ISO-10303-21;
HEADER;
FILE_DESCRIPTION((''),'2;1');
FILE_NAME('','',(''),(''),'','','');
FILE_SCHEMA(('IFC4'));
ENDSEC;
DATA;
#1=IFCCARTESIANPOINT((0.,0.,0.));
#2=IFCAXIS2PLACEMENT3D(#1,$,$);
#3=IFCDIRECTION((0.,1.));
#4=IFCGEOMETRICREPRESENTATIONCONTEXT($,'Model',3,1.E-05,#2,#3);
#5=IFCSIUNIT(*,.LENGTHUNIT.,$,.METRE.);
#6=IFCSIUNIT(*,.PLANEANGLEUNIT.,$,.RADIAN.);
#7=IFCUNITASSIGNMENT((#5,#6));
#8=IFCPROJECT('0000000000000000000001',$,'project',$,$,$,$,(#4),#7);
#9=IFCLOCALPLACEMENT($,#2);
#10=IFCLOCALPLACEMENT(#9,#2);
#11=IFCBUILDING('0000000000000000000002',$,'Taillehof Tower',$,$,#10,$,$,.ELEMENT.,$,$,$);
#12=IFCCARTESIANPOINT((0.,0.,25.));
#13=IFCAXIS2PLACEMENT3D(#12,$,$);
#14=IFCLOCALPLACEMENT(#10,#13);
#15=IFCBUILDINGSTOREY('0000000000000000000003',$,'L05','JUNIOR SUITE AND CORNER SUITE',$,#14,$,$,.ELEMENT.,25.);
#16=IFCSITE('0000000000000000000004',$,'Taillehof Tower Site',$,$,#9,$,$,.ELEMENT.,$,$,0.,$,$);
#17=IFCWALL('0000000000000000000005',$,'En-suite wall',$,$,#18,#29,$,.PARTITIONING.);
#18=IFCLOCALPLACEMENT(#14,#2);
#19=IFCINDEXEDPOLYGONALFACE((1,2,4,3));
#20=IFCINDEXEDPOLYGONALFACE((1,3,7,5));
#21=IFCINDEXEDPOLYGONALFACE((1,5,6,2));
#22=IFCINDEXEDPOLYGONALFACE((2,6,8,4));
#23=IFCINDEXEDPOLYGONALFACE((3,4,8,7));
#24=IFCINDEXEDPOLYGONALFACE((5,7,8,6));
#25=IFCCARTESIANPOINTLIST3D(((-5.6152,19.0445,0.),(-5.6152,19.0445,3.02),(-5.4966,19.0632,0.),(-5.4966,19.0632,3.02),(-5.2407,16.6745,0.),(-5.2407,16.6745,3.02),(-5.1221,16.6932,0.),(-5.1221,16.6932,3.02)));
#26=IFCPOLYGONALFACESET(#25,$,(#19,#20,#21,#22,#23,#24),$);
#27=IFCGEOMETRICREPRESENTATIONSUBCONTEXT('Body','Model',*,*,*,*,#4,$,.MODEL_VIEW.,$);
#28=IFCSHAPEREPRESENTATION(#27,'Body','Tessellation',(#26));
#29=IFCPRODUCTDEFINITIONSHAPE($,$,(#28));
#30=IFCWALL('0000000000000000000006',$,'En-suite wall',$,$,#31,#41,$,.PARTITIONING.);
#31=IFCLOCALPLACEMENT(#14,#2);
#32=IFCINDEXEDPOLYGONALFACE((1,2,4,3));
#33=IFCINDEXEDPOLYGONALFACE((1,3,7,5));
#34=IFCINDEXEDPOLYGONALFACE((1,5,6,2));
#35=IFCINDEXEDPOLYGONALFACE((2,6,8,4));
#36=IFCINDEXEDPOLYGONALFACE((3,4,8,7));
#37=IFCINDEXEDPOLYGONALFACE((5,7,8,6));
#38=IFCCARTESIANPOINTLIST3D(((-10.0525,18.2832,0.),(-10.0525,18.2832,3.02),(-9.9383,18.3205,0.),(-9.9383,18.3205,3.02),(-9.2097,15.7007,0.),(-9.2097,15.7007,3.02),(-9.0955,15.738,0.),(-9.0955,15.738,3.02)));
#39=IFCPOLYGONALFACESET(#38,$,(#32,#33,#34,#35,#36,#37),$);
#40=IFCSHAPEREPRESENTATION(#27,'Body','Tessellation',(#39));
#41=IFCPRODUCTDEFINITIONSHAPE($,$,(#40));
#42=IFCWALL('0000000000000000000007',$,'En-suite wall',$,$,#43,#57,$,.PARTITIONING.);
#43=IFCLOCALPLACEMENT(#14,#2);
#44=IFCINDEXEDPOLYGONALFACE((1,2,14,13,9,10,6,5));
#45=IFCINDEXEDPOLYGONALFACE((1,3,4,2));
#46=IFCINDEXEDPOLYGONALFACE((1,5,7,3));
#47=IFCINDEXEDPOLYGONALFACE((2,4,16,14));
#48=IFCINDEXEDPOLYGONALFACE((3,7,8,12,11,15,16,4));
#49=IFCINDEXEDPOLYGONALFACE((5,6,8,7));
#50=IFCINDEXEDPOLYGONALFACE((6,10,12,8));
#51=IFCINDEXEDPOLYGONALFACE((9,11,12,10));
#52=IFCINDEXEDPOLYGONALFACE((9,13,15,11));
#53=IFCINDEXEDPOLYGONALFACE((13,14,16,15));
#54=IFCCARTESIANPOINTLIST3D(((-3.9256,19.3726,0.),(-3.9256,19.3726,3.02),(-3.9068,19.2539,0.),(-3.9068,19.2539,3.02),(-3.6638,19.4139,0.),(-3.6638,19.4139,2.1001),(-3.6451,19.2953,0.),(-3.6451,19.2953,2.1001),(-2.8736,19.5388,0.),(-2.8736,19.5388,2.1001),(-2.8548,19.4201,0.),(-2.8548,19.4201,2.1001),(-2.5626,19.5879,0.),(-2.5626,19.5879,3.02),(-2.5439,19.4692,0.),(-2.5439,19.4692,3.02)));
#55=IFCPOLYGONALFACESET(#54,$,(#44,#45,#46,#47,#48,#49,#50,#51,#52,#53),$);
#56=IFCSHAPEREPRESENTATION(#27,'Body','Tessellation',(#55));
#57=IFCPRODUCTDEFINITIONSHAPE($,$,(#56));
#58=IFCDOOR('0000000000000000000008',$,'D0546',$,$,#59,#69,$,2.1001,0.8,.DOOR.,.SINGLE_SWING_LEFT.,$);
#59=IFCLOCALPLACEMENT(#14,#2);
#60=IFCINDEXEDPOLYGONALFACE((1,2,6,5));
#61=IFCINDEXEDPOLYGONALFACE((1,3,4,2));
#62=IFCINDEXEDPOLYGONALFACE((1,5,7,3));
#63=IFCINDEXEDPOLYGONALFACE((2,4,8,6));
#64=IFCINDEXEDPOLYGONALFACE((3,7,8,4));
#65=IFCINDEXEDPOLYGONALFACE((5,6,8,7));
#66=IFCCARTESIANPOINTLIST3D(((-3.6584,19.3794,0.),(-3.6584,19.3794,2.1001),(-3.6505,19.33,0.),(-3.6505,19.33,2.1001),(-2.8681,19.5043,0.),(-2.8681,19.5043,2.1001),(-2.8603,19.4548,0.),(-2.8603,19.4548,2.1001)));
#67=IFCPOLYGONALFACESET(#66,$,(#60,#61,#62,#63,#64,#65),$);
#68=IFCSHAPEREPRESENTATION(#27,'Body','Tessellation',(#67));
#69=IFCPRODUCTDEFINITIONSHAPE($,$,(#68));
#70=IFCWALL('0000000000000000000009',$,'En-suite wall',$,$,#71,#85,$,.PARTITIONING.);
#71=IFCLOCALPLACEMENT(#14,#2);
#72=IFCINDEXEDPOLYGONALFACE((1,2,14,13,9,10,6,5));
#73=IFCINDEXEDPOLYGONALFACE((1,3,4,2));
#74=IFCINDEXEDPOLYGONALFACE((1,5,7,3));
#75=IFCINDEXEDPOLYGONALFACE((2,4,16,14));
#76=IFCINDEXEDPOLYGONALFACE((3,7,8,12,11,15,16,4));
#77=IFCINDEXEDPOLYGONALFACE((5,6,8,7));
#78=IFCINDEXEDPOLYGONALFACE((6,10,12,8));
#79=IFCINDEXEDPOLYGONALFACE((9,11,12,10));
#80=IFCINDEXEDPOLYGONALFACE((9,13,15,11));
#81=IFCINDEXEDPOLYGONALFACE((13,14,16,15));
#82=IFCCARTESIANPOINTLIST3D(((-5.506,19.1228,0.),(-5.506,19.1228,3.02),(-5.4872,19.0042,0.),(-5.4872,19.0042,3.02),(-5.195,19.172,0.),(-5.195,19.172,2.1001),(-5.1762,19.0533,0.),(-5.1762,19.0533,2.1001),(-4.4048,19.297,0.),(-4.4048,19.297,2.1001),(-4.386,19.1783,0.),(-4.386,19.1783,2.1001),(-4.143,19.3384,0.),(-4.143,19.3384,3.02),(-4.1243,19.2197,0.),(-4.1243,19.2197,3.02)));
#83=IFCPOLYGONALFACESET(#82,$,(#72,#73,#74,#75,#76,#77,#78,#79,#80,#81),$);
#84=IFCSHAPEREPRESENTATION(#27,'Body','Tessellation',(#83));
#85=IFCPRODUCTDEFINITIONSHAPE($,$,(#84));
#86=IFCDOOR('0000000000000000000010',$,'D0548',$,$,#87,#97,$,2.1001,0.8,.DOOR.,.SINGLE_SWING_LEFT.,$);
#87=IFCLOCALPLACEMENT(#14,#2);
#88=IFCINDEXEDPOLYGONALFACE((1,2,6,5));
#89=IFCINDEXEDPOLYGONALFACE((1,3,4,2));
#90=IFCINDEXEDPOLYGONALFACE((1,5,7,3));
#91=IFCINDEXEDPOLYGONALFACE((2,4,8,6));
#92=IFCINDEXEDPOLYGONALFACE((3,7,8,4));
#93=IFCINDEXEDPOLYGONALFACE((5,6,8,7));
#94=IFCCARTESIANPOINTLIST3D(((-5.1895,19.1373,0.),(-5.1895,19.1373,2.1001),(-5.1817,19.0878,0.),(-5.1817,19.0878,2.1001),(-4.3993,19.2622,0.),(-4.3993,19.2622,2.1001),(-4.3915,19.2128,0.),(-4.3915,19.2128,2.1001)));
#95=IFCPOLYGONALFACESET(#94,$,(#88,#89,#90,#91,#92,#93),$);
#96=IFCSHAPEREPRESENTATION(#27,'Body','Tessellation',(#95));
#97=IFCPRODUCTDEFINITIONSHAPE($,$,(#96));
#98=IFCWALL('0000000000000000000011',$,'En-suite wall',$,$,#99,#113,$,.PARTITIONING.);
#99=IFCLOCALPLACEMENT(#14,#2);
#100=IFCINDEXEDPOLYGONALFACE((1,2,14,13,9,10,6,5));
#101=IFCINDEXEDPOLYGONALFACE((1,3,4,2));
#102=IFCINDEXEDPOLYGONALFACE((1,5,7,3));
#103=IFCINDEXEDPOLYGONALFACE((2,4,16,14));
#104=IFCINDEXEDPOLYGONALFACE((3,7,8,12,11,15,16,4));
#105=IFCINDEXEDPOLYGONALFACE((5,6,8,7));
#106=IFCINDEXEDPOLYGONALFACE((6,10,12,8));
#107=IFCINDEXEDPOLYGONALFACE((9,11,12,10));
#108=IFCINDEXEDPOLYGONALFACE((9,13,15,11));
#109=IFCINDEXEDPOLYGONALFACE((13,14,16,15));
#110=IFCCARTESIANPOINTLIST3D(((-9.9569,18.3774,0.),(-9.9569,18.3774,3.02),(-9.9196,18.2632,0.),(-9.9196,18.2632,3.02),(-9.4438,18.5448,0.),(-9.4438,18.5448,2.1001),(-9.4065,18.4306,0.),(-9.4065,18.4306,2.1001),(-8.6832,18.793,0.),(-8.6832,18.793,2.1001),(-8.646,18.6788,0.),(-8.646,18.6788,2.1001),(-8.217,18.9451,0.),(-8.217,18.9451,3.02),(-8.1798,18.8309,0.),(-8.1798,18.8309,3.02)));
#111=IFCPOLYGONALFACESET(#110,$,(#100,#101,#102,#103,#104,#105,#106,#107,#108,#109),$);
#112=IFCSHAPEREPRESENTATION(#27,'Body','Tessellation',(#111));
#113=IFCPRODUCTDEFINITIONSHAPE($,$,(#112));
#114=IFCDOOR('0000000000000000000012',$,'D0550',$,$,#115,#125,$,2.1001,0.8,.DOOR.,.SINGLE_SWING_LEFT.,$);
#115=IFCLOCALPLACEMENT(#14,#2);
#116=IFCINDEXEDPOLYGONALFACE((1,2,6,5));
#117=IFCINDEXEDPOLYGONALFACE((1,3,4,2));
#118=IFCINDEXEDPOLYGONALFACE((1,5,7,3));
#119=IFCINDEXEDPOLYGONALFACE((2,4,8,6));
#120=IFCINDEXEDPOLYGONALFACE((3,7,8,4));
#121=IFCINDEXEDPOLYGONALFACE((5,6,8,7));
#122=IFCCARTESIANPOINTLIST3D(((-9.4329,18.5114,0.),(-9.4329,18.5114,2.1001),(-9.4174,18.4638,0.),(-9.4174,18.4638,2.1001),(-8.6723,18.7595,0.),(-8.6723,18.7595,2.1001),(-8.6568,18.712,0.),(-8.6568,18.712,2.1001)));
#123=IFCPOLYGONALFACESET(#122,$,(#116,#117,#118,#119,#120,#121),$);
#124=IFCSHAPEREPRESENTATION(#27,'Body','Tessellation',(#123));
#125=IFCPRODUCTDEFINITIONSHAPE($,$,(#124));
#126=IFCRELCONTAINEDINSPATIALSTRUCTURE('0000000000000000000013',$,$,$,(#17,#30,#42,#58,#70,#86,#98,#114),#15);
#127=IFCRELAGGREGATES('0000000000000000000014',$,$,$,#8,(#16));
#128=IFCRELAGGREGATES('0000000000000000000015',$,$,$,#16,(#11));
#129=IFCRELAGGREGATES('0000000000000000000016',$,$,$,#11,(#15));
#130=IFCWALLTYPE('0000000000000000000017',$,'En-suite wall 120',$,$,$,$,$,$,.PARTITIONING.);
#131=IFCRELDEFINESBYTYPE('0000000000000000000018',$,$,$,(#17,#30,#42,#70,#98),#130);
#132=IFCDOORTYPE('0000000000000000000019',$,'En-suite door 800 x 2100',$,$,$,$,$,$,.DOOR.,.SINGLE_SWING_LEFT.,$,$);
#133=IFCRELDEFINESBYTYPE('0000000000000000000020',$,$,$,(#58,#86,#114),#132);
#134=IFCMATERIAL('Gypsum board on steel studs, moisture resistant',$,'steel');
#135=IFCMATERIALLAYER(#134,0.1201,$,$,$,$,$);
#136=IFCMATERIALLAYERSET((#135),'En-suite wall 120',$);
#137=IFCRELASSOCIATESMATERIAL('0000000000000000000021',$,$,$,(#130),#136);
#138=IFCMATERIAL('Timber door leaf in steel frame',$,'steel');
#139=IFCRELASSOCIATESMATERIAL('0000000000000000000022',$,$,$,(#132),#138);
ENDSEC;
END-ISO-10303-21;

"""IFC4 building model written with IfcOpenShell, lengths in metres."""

from ifc_helpers import new_model, si_unit, direction, frame, frame_2d, origin, place, context, subcontext, project, spatial, rectangle, extrude, material, layer, layer_set, type_object, element, fill, save


model = new_model("IFC4")

# Units and contexts
model_context = context("Model", 3, precision=1e-05, world=origin(), true_north=direction((0.0, 1.0)))
body_context = subcontext(model_context, "Body", "Model", "MODEL_VIEW")
ifc_project = project(units=[si_unit("LENGTHUNIT", "METRE"), si_unit("PLANEANGLEUNIT", "RADIAN")], contexts=[model_context])

# Site, building, storey
site_placement = place(None, origin())
site = spatial("IfcSite", under=ifc_project, at=site_placement, Name="Taillehof Tower Site", CompositionType="ELEMENT", RefElevation=0.0)
building_placement = place(site_placement, origin())
building = spatial("IfcBuilding", under=site, at=building_placement, Name="Taillehof Tower", CompositionType="ELEMENT")
storey_placement = place(building_placement, frame((0.0, 0.0, 25.0)))
storey = spatial("IfcBuildingStorey", under=building, at=storey_placement, Name="L05", Description="JUNIOR SUITE AND CORNER SUITE", CompositionType="ELEMENT", Elevation=25.0)

# Walls
ifc_material_1 = material(Name="Gypsum board on steel studs, moisture resistant", Category="steel")
ifc_layer_1 = layer(ifc_material_1, 0.1201)
ifc_layer_set_1 = layer_set([ifc_layer_1], Name="En-suite wall 120")
wall_type_1 = type_object("IfcWallType", Name="En-suite wall 120", PredefinedType="PARTITIONING", material=ifc_layer_set_1)
wall_1_placement = place(storey_placement, frame((-5.1814, 16.6838, 0.0), z_axis=(0.0, 0.0, 1.0), x_axis=(-0.156078, 0.987745, 0.0)))
element("IfcWall", 1, at=wall_1_placement, inside=storey, type_object=wall_type_1, Name="En-suite wall", PredefinedType="PARTITIONING", context=body_context, shape_type="SweptSolid", body=[
    extrude(rectangle(XDim=2.3994, YDim=0.1201, at=frame_2d((1.1997, 0.0))), origin(), (0.0, 0.0, 1.0), 3.02),
])
wall_2_placement = place(storey_placement, frame((-9.1526, 15.7192, 0.0), z_axis=(0.0, 0.0, 1.0), x_axis=(-0.310236, 0.95066, 0.0)))
element("IfcWall", 2, at=wall_2_placement, inside=storey, type_object=wall_type_1, Name="En-suite wall", PredefinedType="PARTITIONING", context=body_context, shape_type="SweptSolid", body=[
    extrude(rectangle(XDim=2.7166, YDim=0.1201, at=frame_2d((1.3584, 0.0))), origin(), (0.0, 0.0, 1.0), 3.02),
])

# Walls, openings, doors
wall_3_placement = place(storey_placement, frame((-2.5532, 19.5286, 0.0), z_axis=(0.0, 0.0, 1.0), x_axis=(-0.98775, -0.156044, 0.0)))
wall_3 = element("IfcWall", 3, at=wall_3_placement, inside=storey, type_object=wall_type_1, Name="En-suite wall", PredefinedType="PARTITIONING", context=body_context, shape_type="SweptSolid", body=[
    extrude(rectangle(XDim=1.3799, YDim=0.1201, at=frame_2d((0.6899, 0.0))), origin(), (0.0, 0.0, 1.0), 3.02),
])
opening_1_placement = place(wall_3_placement, frame((0.3149, 0.0, 0.0)))
opening_1 = element("IfcOpeningElement", 4, at=opening_1_placement, cuts=wall_3, PredefinedType="OPENING", context=body_context, shape_type="SweptSolid", body=[
    extrude(rectangle(XDim=0.8, YDim=2.1001, at=frame_2d((0.3999, 1.05))), frame((0.0, 0.0701, 0.0), z_axis=(0.0, -1.0, 0.0), x_axis=(1.0, 0.0, 0.0)), (0.0, 0.0, 1.0), 0.1401),
])
ifc_material_2 = material(Name="Timber door leaf in steel frame", Category="steel")
door_type_1 = type_object("IfcDoorType", Name="En-suite door 800 x 2100", OperationType="SINGLE_SWING_LEFT", PredefinedType="DOOR", material=ifc_material_2)
door_1_placement = place(opening_1_placement, origin())
door_1 = element("IfcDoor", 5, at=door_1_placement, inside=storey, type_object=door_type_1, Name="D0546", OperationType="SINGLE_SWING_LEFT", OverallHeight=2.1001, OverallWidth=0.8, PredefinedType="DOOR", context=body_context, shape_type="SweptSolid", body=[
    extrude(rectangle(XDim=0.8, YDim=2.1001, at=frame_2d((0.3999, 1.05))), frame((0.0, 0.0249, 0.0), z_axis=(0.0, -1.0, 0.0), x_axis=(1.0, 0.0, 0.0)), (0.0, 0.0, 1.0), 0.05),
])
fill(opening_1, door_1)
wall_4_placement = place(storey_placement, frame((-5.4966, 19.0635, 0.0), z_axis=(0.0, 0.0, 1.0), x_axis=(0.987723, 0.156217, 0.0)))
wall_4 = element("IfcWall", 6, at=wall_4_placement, inside=storey, type_object=wall_type_1, Name="En-suite wall", PredefinedType="PARTITIONING", context=body_context, shape_type="SweptSolid", body=[
    extrude(rectangle(XDim=1.3799, YDim=0.1201, at=frame_2d((0.6899, 0.0))), origin(), (0.0, 0.0, 1.0), 3.02),
])
opening_2_placement = place(wall_4_placement, frame((0.3149, 0.0, 0.0)))
opening_2 = element("IfcOpeningElement", 7, at=opening_2_placement, cuts=wall_4, PredefinedType="OPENING", context=body_context, shape_type="SweptSolid", body=[
    extrude(rectangle(XDim=0.8, YDim=2.1001, at=frame_2d((0.3999, 1.05))), frame((0.0, 0.0701, 0.0), z_axis=(0.0, -1.0, 0.0), x_axis=(1.0, 0.0, 0.0)), (0.0, 0.0, 1.0), 0.1401),
])
door_2_placement = place(opening_2_placement, origin())
door_2 = element("IfcDoor", 8, at=door_2_placement, inside=storey, type_object=door_type_1, Name="D0548", OperationType="SINGLE_SWING_LEFT", OverallHeight=2.1001, OverallWidth=0.8, PredefinedType="DOOR", context=body_context, shape_type="SweptSolid", body=[
    extrude(rectangle(XDim=0.8, YDim=2.1001, at=frame_2d((0.3999, 1.05))), frame((0.0, 0.0249, 0.0), z_axis=(0.0, -1.0, 0.0), x_axis=(1.0, 0.0, 0.0)), (0.0, 0.0, 1.0), 0.05),
])
fill(opening_2, door_2)
wall_5_placement = place(storey_placement, frame((-9.9382, 18.3203, 0.0), z_axis=(0.0, 0.0, 1.0), x_axis=(0.950679, 0.310178, 0.0)))
wall_5 = element("IfcWall", 9, at=wall_5_placement, inside=storey, type_object=wall_type_1, Name="En-suite wall", PredefinedType="PARTITIONING", context=body_context, shape_type="SweptSolid", body=[
    extrude(rectangle(XDim=1.8301, YDim=0.1201, at=frame_2d((0.915, 0.0))), origin(), (0.0, 0.0, 1.0), 3.02),
])
opening_3_placement = place(wall_5_placement, frame((0.5398, 0.0, 0.0)))
opening_3 = element("IfcOpeningElement", 10, at=opening_3_placement, cuts=wall_5, PredefinedType="OPENING", context=body_context, shape_type="SweptSolid", body=[
    extrude(rectangle(XDim=0.8, YDim=2.1001, at=frame_2d((0.3999, 1.05))), frame((0.0, 0.0701, 0.0), z_axis=(0.0, -1.0, 0.0), x_axis=(1.0, 0.0, 0.0)), (0.0, 0.0, 1.0), 0.1401),
])
door_3_placement = place(opening_3_placement, origin())
door_3 = element("IfcDoor", 11, at=door_3_placement, inside=storey, type_object=door_type_1, Name="D0550", OperationType="SINGLE_SWING_LEFT", OverallHeight=2.1001, OverallWidth=0.8, PredefinedType="DOOR", context=body_context, shape_type="SweptSolid", body=[
    extrude(rectangle(XDim=0.8, YDim=2.1001, at=frame_2d((0.3999, 1.05))), frame((0.0, 0.0249, 0.0), z_axis=(0.0, -1.0, 0.0), x_axis=(1.0, 0.0, 0.0)), (0.0, 0.0, 1.0), 0.05),
])
fill(opening_3, door_3)

save(model, "model.ifc")
